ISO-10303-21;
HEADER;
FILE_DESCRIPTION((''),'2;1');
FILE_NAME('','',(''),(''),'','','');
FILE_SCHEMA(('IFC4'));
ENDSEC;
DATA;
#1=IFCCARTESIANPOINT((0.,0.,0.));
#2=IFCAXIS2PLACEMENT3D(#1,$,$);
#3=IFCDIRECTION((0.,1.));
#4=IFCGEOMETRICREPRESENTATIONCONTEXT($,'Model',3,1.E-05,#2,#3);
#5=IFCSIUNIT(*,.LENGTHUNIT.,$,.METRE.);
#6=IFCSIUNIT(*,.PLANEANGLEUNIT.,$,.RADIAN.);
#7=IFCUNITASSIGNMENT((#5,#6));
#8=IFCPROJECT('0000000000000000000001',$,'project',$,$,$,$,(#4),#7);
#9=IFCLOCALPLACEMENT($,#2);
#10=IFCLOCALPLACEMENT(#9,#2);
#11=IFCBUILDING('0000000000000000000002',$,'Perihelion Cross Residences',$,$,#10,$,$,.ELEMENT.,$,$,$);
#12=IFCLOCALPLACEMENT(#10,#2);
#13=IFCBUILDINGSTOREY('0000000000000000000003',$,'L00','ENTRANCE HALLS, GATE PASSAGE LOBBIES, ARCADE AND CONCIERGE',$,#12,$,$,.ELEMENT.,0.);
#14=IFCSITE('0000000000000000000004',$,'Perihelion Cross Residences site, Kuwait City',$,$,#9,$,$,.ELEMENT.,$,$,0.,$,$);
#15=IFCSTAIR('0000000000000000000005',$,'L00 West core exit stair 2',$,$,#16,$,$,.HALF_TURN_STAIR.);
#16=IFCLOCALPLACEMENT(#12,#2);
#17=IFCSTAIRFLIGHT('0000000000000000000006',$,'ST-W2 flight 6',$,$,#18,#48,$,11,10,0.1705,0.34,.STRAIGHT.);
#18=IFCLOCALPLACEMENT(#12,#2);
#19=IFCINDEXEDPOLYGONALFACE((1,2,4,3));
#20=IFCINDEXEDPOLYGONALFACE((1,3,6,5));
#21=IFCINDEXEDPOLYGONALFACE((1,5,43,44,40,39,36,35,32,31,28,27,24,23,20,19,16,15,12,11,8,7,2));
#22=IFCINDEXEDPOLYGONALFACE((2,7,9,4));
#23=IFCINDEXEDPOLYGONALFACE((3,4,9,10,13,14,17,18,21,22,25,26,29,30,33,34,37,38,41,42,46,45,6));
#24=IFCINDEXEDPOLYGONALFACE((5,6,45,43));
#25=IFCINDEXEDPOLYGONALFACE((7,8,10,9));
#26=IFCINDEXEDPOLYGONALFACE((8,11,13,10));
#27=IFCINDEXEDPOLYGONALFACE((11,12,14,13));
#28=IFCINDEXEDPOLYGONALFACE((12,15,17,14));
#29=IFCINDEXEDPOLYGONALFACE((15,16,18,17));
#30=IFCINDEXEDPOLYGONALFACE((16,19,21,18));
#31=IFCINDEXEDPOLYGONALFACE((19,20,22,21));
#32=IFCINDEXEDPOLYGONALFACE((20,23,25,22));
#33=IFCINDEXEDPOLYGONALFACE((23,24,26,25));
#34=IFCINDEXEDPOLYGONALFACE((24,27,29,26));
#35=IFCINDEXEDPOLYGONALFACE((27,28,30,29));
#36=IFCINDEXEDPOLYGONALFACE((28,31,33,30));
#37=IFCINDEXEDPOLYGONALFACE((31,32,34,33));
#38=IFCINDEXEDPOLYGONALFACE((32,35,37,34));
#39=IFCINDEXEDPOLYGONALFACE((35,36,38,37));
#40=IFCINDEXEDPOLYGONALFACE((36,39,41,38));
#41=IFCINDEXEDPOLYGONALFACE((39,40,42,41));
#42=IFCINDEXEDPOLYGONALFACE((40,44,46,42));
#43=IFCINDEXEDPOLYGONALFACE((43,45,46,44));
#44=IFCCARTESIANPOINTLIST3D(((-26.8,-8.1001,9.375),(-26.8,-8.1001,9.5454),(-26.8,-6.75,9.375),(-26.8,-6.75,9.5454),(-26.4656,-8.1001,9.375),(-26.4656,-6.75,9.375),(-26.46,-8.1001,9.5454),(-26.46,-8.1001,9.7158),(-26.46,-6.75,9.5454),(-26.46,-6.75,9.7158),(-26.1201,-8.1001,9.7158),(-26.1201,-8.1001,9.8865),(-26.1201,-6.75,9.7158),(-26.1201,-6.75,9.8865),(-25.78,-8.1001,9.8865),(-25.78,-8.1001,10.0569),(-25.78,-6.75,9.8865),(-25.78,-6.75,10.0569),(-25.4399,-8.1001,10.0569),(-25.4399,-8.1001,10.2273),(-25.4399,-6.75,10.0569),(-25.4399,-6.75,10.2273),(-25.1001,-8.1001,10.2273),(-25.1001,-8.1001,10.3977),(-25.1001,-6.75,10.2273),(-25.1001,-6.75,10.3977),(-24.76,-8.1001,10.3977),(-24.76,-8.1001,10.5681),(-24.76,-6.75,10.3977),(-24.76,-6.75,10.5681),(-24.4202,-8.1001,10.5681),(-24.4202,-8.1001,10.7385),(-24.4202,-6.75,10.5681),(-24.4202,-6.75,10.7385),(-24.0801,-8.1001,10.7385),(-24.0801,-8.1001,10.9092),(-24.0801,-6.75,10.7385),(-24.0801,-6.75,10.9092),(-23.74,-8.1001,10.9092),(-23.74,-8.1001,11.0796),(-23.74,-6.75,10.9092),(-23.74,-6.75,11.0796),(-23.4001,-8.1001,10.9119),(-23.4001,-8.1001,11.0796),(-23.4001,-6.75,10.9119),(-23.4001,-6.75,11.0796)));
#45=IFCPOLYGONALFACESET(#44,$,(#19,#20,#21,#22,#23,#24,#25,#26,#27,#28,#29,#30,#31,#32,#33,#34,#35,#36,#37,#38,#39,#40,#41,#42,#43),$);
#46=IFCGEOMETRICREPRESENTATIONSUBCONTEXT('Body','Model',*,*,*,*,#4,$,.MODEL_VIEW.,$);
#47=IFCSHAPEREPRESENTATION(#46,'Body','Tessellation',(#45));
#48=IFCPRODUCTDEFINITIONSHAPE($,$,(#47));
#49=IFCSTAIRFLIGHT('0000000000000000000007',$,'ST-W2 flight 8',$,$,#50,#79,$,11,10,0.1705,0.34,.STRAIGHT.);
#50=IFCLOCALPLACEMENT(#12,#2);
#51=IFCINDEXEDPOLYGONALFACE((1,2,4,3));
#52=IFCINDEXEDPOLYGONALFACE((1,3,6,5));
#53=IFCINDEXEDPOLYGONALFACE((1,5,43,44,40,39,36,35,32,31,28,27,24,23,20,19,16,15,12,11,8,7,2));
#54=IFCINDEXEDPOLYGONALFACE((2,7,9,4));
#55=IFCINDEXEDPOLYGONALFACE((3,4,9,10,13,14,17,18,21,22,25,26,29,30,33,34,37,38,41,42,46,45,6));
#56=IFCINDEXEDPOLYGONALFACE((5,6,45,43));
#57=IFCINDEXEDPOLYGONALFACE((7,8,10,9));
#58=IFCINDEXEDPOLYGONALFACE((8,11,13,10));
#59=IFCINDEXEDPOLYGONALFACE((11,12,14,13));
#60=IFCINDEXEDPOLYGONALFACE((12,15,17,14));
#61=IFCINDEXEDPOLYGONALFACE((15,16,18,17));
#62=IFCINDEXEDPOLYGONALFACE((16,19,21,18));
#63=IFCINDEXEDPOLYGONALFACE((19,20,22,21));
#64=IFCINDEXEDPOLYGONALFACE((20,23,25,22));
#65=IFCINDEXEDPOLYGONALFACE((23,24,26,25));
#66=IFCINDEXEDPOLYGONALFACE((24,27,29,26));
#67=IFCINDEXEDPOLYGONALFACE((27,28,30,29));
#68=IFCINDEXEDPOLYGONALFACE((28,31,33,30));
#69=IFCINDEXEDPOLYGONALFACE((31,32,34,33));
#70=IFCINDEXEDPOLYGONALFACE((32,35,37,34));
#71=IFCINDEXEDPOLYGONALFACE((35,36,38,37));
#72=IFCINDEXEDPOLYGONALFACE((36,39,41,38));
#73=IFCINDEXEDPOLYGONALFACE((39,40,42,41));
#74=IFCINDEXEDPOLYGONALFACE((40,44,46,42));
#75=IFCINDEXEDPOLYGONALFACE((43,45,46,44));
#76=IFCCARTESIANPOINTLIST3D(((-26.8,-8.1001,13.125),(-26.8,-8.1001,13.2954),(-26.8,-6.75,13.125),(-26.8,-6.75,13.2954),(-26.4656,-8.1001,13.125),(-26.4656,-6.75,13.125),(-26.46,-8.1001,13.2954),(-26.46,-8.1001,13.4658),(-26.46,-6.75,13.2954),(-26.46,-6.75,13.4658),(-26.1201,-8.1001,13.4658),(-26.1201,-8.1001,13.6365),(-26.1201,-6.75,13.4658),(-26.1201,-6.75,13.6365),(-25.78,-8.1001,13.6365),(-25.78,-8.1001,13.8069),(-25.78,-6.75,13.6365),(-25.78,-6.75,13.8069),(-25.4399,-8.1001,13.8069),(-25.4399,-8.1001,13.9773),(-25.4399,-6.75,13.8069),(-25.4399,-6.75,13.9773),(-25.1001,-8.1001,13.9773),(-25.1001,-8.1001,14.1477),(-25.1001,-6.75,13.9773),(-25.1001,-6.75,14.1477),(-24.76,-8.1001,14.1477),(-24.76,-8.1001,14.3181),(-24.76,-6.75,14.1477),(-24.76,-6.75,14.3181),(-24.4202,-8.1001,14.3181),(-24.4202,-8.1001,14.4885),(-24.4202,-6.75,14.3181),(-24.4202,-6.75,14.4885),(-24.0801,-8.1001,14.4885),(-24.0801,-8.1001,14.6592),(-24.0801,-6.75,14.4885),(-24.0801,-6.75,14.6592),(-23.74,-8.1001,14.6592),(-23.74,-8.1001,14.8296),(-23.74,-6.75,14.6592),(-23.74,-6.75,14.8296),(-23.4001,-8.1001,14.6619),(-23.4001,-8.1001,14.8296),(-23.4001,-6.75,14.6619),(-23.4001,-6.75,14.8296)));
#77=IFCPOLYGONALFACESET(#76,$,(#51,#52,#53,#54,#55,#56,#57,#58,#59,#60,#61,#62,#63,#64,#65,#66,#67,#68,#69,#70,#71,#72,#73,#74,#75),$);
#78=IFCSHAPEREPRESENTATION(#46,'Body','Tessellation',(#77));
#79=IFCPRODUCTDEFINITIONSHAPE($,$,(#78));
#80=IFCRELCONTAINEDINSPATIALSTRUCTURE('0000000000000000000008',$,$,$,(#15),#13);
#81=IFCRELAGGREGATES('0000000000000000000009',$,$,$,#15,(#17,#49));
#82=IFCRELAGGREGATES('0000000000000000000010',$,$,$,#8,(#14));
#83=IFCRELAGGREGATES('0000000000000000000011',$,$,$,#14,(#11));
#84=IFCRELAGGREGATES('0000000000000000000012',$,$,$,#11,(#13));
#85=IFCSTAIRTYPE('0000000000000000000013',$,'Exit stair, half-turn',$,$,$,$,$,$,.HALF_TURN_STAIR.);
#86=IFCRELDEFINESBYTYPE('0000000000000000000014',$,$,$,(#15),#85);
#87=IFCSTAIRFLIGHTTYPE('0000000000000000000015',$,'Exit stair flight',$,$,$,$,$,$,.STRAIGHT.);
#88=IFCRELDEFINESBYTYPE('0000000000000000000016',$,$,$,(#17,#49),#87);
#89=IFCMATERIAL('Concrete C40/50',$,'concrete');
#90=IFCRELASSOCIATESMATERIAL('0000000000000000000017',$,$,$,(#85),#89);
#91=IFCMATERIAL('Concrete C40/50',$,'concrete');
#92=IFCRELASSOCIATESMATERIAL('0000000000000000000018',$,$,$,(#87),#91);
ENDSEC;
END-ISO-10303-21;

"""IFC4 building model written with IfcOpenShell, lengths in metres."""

from ifc_helpers import new_model, si_unit, direction, frame, origin, place, context, subcontext, project, spatial, polyline, outline, extrude, material, type_object, element, aggregate, save


model = new_model("IFC4")

# Units and contexts
model_context = context("Model", 3, precision=1e-05, world=origin(), true_north=direction((0.0, 1.0)))
body_context = subcontext(model_context, "Body", "Model", "MODEL_VIEW")
ifc_project = project(units=[si_unit("LENGTHUNIT", "METRE"), si_unit("PLANEANGLEUNIT", "RADIAN")], contexts=[model_context])

# Site, building, storey
site_placement = place(None, origin())
site = spatial("IfcSite", under=ifc_project, at=site_placement, Name="Perihelion Cross Residences site, Kuwait City", CompositionType="ELEMENT", RefElevation=0.0)
building_placement = place(site_placement, origin())
building = spatial("IfcBuilding", under=site, at=building_placement, Name="Perihelion Cross Residences", CompositionType="ELEMENT")
storey_placement = place(building_placement, origin())
storey = spatial("IfcBuildingStorey", under=building, at=storey_placement, Name="L00", Description="ENTRANCE HALLS, GATE PASSAGE LOBBIES, ARCADE AND CONCIERGE", CompositionType="ELEMENT", Elevation=0.0)

# Stair, stair flights
ifc_material_1 = material(Name="Concrete C40/50", Category="concrete")
stair_type = type_object("IfcStairType", Name="Exit stair, half-turn", PredefinedType="HALF_TURN_STAIR", material=ifc_material_1)
stair_placement = place(storey_placement, origin())
stair = element("IfcStair", 1, at=stair_placement, inside=storey, type_object=stair_type, Name="L00 West core exit stair 2", PredefinedType="HALF_TURN_STAIR")
ifc_material_2 = material(Name="Concrete C40/50", Category="concrete")
stair_flight_type = type_object("IfcStairFlightType", Name="Exit stair flight", PredefinedType="STRAIGHT", material=ifc_material_2)
stair_flight_1_placement = place(storey_placement, frame((-26.8, -7.425, 9.375), z_axis=(0.0, 0.0, 1.0), x_axis=(1.0, 0.0, 0.0)))
stair_flight_1 = element("IfcStairFlight", 2, at=stair_flight_1_placement, type_object=stair_flight_type, Name="ST-W2 flight 6", NumberOfRisers=11, NumberOfTreads=10, PredefinedType="STRAIGHT", RiserHeight=0.1705, TreadLength=0.34, context=body_context, shape_type="SweptSolid", body=[
    extrude(outline(polyline([(0.0, 0.0), (0.0, 0.1704), (0.3401, 0.1704), (0.3401, 0.3408), (0.6799, 0.3408), (0.6799, 0.5115), (1.02, 0.5115), (1.02, 0.6819), (1.3601, 0.6819), (1.3601, 0.8523), (1.7, 0.8523), (1.7, 1.0227), (2.04, 1.0227), (2.04, 1.1931), (2.3799, 1.1931), (2.3799, 1.3635), (2.72, 1.3635), (2.72, 1.5342), (3.0601, 1.5342), (3.0601, 1.7046), (3.3999, 1.7046), (3.3999, 1.875), (3.3999, 1.5369), (0.3345, 0.0), (0.0, 0.0)])), frame((0.0, 0.675, 0.0), z_axis=(0.0, -1.0, 0.0), x_axis=(1.0, 0.0, 0.0)), (0.0, 0.0, 1.0), 1.3501),
])
stair_flight_2_placement = place(storey_placement, frame((-26.8, -7.425, 13.125), z_axis=(0.0, 0.0, 1.0), x_axis=(1.0, 0.0, 0.0)))
stair_flight_2 = element("IfcStairFlight", 3, at=stair_flight_2_placement, type_object=stair_flight_type, Name="ST-W2 flight 8", NumberOfRisers=11, NumberOfTreads=10, PredefinedType="STRAIGHT", RiserHeight=0.1705, TreadLength=0.34, context=body_context, shape_type="SweptSolid", body=[
    extrude(outline(polyline([(0.0, 0.0), (0.0, 0.1704), (0.3401, 0.1704), (0.3401, 0.3408), (0.6799, 0.3408), (0.6799, 0.5115), (1.02, 0.5115), (1.02, 0.6819), (1.3601, 0.6819), (1.3601, 0.8523), (1.7, 0.8523), (1.7, 1.0227), (2.04, 1.0227), (2.04, 1.1931), (2.3799, 1.1931), (2.3799, 1.3635), (2.72, 1.3635), (2.72, 1.5342), (3.0601, 1.5342), (3.0601, 1.7046), (3.3999, 1.7046), (3.3999, 1.875), (3.3999, 1.5369), (0.3345, 0.0), (0.0, 0.0)])), frame((0.0, 0.675, 0.0), z_axis=(0.0, -1.0, 0.0), x_axis=(1.0, 0.0, 0.0)), (0.0, 0.0, 1.0), 1.3501),
])
aggregate(stair, [stair_flight_1, stair_flight_2])

save(model, "model.ifc")
